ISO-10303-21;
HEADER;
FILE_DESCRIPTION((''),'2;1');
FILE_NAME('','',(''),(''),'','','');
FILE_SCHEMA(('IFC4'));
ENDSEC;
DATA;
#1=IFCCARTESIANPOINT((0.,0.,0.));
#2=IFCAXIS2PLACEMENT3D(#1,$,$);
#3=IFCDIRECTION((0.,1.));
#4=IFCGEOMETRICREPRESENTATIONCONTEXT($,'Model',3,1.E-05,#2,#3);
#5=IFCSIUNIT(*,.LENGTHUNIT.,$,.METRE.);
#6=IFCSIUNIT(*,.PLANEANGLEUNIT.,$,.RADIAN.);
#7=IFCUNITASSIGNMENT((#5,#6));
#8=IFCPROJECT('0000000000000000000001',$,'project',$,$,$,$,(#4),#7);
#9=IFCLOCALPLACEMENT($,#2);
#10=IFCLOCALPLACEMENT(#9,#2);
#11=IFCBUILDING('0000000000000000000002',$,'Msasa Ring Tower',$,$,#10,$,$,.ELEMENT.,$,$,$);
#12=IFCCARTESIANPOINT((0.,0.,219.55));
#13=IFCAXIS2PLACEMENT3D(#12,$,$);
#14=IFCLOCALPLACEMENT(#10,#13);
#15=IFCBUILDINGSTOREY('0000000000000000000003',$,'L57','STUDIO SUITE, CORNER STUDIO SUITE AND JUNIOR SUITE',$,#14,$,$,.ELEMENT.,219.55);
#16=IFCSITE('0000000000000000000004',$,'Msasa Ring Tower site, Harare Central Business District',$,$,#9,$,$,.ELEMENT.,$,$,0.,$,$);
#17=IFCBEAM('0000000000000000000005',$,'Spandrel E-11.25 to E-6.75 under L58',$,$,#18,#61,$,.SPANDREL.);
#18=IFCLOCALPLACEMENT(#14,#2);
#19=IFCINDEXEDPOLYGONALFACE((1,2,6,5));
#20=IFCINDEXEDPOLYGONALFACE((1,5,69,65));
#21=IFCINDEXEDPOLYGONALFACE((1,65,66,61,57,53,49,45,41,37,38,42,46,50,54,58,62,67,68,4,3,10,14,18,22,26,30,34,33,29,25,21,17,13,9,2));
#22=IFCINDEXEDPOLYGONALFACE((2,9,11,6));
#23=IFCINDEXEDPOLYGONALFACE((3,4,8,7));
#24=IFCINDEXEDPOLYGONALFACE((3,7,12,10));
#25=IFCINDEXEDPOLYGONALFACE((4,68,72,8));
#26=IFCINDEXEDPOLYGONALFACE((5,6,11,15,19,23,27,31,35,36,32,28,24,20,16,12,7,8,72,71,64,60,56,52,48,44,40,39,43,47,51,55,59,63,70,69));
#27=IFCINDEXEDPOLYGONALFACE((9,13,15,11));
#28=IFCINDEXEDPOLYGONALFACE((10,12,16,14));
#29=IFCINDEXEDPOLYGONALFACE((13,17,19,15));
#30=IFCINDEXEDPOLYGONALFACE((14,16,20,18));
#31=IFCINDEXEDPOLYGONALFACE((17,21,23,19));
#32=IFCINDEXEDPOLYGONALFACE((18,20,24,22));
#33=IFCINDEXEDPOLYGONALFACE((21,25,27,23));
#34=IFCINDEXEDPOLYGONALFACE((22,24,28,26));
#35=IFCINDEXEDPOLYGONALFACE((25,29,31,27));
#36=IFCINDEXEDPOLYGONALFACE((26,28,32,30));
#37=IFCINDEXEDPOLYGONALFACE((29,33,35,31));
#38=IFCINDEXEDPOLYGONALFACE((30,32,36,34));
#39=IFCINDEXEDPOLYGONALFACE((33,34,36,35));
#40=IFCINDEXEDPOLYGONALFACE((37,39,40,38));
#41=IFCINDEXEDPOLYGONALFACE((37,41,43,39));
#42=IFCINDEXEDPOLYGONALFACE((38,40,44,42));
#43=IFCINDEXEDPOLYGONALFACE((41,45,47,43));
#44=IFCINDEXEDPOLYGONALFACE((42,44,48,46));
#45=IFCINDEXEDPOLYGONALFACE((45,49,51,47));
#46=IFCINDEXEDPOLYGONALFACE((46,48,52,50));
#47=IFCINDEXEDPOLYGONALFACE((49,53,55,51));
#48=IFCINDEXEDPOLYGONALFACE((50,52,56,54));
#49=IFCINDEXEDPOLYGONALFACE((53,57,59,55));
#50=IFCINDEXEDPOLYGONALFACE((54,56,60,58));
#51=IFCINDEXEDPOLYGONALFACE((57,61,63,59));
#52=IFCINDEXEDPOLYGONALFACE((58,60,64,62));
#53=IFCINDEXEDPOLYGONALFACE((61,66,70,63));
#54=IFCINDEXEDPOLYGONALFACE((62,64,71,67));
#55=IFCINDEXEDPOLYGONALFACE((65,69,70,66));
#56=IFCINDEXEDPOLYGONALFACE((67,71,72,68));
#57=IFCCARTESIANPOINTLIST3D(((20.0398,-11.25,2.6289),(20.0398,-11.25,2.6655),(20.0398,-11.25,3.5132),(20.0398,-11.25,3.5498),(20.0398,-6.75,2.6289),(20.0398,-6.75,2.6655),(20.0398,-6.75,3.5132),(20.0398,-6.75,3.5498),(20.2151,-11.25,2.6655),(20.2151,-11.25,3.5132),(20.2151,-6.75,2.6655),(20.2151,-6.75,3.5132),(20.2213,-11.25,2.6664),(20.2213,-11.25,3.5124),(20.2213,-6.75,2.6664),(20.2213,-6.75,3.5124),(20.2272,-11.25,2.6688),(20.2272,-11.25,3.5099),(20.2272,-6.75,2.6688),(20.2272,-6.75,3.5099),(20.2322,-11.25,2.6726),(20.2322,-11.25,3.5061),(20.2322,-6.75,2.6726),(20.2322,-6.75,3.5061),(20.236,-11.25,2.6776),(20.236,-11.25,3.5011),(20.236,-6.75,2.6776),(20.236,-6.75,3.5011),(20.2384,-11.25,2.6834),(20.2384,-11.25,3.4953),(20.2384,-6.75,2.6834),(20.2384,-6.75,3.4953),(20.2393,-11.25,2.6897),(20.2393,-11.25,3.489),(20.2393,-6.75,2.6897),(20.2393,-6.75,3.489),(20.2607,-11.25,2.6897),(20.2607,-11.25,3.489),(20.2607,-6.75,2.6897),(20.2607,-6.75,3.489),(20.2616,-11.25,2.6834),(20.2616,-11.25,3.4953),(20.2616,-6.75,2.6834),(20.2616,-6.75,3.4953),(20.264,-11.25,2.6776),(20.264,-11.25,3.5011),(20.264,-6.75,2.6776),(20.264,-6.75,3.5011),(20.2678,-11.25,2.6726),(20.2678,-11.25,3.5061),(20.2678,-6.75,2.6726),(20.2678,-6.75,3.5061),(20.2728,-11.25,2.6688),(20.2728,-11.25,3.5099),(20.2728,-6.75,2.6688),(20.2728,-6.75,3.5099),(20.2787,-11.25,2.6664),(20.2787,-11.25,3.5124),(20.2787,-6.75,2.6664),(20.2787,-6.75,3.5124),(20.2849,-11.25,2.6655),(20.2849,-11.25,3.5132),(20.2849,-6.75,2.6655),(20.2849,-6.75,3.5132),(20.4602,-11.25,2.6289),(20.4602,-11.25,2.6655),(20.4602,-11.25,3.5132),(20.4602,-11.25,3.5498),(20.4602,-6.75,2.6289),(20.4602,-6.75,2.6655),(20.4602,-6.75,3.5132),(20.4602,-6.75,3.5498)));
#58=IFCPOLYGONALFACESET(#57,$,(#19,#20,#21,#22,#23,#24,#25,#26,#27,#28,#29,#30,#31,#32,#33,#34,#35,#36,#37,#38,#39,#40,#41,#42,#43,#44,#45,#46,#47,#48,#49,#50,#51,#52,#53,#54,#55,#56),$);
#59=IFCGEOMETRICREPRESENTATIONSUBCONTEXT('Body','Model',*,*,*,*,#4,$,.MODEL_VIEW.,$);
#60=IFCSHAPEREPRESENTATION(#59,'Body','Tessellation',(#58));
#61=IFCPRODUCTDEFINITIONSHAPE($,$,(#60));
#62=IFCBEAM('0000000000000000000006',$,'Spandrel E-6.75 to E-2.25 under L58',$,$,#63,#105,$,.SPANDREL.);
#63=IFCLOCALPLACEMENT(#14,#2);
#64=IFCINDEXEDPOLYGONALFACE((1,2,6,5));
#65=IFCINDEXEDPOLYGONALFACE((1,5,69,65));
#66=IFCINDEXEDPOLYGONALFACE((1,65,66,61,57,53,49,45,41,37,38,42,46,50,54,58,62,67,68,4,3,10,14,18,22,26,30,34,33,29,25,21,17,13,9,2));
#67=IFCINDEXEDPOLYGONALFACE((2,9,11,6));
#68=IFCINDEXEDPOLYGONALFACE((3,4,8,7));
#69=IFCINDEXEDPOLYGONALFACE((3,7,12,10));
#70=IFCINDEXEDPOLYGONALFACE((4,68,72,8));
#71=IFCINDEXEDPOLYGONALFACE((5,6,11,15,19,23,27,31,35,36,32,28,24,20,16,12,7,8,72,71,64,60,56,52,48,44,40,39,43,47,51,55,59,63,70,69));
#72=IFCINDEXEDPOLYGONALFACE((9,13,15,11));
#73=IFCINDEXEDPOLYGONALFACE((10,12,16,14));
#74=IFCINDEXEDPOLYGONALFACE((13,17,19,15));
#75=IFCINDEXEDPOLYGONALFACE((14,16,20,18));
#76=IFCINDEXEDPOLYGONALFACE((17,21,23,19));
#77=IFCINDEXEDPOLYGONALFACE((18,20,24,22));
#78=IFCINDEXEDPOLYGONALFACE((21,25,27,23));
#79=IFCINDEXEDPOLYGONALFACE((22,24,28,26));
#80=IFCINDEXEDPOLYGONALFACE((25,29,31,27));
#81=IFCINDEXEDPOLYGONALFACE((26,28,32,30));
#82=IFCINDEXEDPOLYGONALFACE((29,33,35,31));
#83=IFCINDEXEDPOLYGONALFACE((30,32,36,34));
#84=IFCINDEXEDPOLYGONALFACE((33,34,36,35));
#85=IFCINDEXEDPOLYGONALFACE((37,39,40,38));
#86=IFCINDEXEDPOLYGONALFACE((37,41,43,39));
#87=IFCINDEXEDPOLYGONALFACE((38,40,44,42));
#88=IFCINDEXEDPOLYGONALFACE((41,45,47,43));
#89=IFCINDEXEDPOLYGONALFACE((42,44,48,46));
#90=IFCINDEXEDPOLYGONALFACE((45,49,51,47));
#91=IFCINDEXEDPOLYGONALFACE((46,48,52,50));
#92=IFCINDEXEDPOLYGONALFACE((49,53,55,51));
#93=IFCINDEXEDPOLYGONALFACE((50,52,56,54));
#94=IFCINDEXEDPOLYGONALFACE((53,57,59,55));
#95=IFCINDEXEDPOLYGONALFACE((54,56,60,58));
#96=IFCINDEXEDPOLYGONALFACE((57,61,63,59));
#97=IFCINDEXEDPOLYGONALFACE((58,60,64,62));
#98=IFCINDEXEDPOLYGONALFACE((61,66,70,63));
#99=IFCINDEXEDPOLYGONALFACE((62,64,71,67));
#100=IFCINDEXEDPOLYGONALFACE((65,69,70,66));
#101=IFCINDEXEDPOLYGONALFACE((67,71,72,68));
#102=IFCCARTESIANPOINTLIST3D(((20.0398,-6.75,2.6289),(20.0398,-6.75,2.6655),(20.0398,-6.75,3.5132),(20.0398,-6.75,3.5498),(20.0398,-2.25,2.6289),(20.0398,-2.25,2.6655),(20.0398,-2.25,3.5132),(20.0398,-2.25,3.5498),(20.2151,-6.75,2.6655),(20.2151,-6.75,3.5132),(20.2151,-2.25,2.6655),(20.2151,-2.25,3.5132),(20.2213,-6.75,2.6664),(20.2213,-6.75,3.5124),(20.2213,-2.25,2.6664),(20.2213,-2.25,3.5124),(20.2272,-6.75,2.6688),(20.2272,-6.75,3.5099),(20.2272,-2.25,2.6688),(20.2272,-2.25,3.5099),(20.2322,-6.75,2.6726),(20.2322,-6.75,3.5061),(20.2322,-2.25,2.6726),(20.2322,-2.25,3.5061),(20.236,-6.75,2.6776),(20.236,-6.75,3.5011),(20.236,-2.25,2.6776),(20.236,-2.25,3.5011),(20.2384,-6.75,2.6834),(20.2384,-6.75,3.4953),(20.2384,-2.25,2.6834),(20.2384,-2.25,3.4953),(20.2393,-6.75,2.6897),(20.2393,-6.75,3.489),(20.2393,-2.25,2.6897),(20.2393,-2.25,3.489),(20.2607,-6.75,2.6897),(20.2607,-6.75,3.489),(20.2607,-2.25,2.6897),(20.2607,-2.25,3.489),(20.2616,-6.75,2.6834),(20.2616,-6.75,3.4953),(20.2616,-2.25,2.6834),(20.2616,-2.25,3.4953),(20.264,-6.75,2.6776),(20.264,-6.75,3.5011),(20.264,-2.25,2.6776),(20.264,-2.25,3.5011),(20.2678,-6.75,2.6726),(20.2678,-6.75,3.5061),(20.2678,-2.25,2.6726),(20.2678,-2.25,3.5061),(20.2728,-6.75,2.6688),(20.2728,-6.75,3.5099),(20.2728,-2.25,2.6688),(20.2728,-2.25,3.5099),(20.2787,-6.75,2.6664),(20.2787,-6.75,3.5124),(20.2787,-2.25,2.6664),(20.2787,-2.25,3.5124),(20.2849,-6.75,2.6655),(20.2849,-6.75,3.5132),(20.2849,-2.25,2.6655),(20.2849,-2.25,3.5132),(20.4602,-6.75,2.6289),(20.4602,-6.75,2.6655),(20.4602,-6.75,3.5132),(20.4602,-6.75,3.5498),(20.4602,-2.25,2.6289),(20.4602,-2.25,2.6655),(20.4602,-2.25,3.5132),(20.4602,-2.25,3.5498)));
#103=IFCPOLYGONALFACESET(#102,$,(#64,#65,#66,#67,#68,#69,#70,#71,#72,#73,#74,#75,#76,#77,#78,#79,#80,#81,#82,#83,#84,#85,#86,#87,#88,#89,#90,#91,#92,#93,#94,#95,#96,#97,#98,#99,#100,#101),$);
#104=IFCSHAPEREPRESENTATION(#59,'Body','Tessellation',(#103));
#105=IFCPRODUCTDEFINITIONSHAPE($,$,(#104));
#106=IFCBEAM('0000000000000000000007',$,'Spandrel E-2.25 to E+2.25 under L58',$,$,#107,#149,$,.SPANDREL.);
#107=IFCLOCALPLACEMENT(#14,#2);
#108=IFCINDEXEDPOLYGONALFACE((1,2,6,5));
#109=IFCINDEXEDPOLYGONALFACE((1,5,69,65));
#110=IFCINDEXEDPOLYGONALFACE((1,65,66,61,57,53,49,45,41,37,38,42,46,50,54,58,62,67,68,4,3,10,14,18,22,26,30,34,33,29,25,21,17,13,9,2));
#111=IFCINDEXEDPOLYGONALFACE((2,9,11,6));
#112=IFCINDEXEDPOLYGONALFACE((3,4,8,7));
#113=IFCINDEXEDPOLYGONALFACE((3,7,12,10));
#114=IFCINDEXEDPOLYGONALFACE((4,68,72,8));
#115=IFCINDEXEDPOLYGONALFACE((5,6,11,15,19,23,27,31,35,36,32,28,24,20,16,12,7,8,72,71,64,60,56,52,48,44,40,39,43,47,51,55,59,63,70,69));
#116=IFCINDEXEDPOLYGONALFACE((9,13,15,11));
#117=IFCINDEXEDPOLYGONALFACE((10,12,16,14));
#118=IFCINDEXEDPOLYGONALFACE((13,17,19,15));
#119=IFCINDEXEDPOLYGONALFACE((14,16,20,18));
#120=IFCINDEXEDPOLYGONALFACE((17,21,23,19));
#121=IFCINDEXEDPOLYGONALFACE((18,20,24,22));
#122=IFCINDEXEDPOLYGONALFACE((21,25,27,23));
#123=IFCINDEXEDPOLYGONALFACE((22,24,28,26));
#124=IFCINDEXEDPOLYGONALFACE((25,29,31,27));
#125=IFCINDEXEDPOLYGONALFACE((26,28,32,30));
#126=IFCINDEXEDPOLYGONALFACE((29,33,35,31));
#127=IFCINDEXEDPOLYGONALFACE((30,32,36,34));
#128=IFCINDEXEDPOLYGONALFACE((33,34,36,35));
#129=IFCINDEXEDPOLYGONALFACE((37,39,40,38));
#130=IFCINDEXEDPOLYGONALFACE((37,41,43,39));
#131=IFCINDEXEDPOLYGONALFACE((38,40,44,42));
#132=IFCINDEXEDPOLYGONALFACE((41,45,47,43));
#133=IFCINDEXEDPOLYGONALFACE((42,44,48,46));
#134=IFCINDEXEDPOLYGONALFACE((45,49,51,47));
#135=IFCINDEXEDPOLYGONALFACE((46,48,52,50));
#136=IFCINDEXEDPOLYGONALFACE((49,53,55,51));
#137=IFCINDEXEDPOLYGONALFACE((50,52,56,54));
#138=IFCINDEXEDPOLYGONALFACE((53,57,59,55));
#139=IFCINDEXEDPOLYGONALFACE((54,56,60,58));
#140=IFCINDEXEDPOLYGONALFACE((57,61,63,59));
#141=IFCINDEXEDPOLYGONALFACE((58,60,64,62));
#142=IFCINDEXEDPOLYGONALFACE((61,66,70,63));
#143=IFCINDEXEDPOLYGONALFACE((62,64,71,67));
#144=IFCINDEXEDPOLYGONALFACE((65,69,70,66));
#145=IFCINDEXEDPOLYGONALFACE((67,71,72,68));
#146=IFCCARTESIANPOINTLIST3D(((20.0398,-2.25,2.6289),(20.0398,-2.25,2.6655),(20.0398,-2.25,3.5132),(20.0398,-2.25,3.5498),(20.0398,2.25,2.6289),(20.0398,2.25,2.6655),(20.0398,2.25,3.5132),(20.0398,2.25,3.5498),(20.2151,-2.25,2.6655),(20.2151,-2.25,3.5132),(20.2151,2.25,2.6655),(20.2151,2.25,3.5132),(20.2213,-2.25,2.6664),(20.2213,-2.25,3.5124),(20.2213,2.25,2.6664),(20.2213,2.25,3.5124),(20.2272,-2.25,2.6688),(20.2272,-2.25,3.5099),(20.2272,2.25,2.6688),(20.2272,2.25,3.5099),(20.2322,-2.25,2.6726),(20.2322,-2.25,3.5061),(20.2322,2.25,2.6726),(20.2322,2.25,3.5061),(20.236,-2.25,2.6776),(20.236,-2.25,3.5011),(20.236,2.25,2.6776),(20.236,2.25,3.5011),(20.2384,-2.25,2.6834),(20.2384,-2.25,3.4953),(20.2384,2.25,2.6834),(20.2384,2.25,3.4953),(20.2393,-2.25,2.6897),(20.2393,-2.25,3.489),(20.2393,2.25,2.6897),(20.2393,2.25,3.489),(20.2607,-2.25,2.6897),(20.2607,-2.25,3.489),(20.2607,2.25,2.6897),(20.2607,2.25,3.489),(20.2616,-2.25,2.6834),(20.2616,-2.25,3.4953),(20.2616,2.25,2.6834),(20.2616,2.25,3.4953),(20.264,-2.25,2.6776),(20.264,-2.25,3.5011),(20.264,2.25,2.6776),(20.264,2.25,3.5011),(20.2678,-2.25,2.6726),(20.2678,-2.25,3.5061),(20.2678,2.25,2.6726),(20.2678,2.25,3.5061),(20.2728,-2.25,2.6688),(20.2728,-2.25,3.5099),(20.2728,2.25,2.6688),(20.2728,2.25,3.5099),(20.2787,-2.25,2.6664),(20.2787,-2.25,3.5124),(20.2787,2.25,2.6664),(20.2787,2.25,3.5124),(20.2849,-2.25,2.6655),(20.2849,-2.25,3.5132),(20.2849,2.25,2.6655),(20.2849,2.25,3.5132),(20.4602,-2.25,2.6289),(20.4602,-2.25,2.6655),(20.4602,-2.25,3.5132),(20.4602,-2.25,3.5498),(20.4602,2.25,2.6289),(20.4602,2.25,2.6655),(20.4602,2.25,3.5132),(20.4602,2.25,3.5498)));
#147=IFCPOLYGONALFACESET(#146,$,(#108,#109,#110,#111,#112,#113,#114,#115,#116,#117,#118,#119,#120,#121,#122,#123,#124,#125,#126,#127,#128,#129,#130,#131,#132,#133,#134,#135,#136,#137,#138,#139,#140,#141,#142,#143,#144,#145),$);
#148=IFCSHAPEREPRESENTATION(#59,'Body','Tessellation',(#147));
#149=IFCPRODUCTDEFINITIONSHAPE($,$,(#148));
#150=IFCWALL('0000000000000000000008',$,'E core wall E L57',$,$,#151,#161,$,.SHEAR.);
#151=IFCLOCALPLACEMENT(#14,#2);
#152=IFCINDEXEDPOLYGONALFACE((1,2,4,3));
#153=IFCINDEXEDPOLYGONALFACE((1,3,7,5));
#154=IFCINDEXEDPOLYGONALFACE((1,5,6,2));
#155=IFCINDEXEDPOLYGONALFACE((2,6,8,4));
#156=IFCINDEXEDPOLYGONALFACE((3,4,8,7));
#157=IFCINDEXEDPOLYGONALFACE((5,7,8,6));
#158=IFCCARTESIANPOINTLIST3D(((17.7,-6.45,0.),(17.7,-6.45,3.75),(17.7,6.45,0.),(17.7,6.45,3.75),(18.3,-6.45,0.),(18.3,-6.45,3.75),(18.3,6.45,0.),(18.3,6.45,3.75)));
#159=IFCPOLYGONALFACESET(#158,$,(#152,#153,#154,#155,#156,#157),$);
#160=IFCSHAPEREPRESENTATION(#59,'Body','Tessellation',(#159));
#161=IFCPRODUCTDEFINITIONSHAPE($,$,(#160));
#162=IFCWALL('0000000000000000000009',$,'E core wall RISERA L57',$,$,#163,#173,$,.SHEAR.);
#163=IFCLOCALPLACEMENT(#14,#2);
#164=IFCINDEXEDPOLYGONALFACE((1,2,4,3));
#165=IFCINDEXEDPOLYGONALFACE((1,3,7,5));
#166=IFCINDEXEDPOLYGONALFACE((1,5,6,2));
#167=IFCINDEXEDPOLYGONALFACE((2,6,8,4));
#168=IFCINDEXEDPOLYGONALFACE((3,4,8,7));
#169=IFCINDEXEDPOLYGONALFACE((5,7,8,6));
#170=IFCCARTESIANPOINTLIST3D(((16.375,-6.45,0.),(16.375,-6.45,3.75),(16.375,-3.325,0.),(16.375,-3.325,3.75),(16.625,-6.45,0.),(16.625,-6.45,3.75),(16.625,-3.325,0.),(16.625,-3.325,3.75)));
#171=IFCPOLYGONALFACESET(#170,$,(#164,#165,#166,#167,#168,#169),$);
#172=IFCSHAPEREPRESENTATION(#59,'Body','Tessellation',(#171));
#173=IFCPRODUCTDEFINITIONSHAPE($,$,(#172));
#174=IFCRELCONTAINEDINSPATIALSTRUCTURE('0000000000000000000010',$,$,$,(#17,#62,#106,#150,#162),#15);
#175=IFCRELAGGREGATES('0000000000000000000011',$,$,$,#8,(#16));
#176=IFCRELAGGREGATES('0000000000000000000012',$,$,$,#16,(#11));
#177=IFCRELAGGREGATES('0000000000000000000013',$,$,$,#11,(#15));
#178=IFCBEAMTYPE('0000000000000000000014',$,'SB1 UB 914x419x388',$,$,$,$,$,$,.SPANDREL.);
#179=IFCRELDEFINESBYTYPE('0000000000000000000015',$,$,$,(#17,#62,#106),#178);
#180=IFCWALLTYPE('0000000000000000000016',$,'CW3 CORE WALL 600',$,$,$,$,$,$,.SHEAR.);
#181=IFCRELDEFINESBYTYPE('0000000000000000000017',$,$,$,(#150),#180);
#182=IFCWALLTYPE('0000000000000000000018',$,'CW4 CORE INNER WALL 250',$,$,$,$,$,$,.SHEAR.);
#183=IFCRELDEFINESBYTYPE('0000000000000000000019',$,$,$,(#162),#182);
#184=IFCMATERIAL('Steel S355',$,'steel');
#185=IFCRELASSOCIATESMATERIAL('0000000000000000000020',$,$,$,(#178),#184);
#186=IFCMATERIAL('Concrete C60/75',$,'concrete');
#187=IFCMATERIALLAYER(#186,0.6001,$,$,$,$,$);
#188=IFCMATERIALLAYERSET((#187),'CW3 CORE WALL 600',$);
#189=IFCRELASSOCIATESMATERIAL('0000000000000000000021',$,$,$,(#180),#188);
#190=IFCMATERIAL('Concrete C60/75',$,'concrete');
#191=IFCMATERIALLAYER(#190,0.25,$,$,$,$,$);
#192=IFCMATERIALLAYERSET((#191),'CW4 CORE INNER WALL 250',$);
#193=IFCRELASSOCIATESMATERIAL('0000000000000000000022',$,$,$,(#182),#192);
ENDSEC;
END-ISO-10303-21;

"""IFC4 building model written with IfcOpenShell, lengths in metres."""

from ifc_helpers import new_model, si_unit, direction, frame, frame_2d, origin, origin_2d, place, context, subcontext, project, spatial, rectangle, i_section, extrude, material, layer, layer_set, material_profile, profile_set, type_object, element, save


model = new_model("IFC4")

# Units and contexts
model_context = context("Model", 3, precision=1e-05, world=origin(), true_north=direction((0.0, 1.0)))
body_context = subcontext(model_context, "Body", "Model", "MODEL_VIEW")
ifc_project = project(units=[si_unit("LENGTHUNIT", "METRE"), si_unit("PLANEANGLEUNIT", "RADIAN")], contexts=[model_context])

# Site, building, storey
site_placement = place(None, origin())
site = spatial("IfcSite", under=ifc_project, at=site_placement, Name="Msasa Ring Tower site, Harare Central Business District", CompositionType="ELEMENT", RefElevation=0.0)
building_placement = place(site_placement, origin())
building = spatial("IfcBuilding", under=site, at=building_placement, Name="Msasa Ring Tower", CompositionType="ELEMENT")
storey_placement = place(building_placement, frame((0.0, 0.0, 219.55)))
storey = spatial("IfcBuildingStorey", under=building, at=storey_placement, Name="L57", Description="STUDIO SUITE, CORNER STUDIO SUITE AND JUNIOR SUITE", CompositionType="ELEMENT", Elevation=219.55)

# Beams
ifc_material_1 = material(Name="Steel S355", Category="steel")
ifc_material_profile_1 = material_profile(ifc_material_1, i_section(OverallWidth=0.4204, OverallDepth=0.9209, WebThickness=0.0215, FlangeThickness=0.0366, FilletRadius=0.0242, at=origin_2d()), Name="UB 914x419x388")
ifc_profile_set_1 = profile_set([ifc_material_profile_1], Name="Steel S355")
beam_type_1 = type_object("IfcBeamType", Name="SB1 UB 914x419x388", PredefinedType="SPANDREL", material=ifc_profile_set_1)
for number, where, z_axis, x_axis, name in (
    (1, (20.25, -11.25, 3.0894), (0.0, 1.0, 0.0), (-1.0, 0.0, 0.0), "Spandrel E-11.25 to E-6.75 under L58"),
    (2, (20.25, -6.75, 3.0894), (0.0, 1.0, 0.0), (-1.0, 0.0, 0.0), "Spandrel E-6.75 to E-2.25 under L58"),
    (3, (20.25, -2.25, 3.0894), (0.0, 1.0, 0.0), (-1.0, 0.0, 0.0), "Spandrel E-2.25 to E+2.25 under L58"),
):
    element("IfcBeam", number, at=place(storey_placement, frame(where, z_axis=z_axis, x_axis=x_axis)), inside=storey, type_object=beam_type_1, Name=name, PredefinedType="SPANDREL", context=body_context, shape_type="SweptSolid", body=[
        extrude(i_section(OverallWidth=0.4204, OverallDepth=0.9209, WebThickness=0.0215, FlangeThickness=0.0366, FilletRadius=0.0242, at=origin_2d()), origin(), (0.0, 0.0, 1.0), 4.5),
    ])

# Walls
ifc_material_2 = material(Name="Concrete C60/75", Category="concrete")
ifc_layer_1 = layer(ifc_material_2, 0.6001)
ifc_layer_set_1 = layer_set([ifc_layer_1], Name="CW3 CORE WALL 600")
wall_type_1 = type_object("IfcWallType", Name="CW3 CORE WALL 600", PredefinedType="SHEAR", material=ifc_layer_set_1)
wall_1_placement = place(storey_placement, frame((18.0, -6.45, 0.0), z_axis=(0.0, 0.0, 1.0), x_axis=(0.0, 1.0, 0.0)))
element("IfcWall", 4, at=wall_1_placement, inside=storey, type_object=wall_type_1, Name="E core wall E L57", PredefinedType="SHEAR", context=body_context, shape_type="SweptSolid", body=[
    extrude(rectangle(XDim=12.8999, YDim=0.6001, at=frame_2d((6.45, 0.0))), origin(), (0.0, 0.0, 1.0), 3.75),
])
ifc_material_3 = material(Name="Concrete C60/75", Category="concrete")
ifc_layer_2 = layer(ifc_material_3, 0.25)
ifc_layer_set_2 = layer_set([ifc_layer_2], Name="CW4 CORE INNER WALL 250")
wall_type_2 = type_object("IfcWallType", Name="CW4 CORE INNER WALL 250", PredefinedType="SHEAR", material=ifc_layer_set_2)
wall_2_placement = place(storey_placement, frame((16.5, -6.45, 0.0), z_axis=(0.0, 0.0, 1.0), x_axis=(0.0, 1.0, 0.0)))
element("IfcWall", 5, at=wall_2_placement, inside=storey, type_object=wall_type_2, Name="E core wall RISERA L57", PredefinedType="SHEAR", context=body_context, shape_type="SweptSolid", body=[
    extrude(rectangle(XDim=3.125, YDim=0.25, at=frame_2d((1.5625, 0.0))), origin(), (0.0, 0.0, 1.0), 3.75),
])

save(model, "model.ifc")
